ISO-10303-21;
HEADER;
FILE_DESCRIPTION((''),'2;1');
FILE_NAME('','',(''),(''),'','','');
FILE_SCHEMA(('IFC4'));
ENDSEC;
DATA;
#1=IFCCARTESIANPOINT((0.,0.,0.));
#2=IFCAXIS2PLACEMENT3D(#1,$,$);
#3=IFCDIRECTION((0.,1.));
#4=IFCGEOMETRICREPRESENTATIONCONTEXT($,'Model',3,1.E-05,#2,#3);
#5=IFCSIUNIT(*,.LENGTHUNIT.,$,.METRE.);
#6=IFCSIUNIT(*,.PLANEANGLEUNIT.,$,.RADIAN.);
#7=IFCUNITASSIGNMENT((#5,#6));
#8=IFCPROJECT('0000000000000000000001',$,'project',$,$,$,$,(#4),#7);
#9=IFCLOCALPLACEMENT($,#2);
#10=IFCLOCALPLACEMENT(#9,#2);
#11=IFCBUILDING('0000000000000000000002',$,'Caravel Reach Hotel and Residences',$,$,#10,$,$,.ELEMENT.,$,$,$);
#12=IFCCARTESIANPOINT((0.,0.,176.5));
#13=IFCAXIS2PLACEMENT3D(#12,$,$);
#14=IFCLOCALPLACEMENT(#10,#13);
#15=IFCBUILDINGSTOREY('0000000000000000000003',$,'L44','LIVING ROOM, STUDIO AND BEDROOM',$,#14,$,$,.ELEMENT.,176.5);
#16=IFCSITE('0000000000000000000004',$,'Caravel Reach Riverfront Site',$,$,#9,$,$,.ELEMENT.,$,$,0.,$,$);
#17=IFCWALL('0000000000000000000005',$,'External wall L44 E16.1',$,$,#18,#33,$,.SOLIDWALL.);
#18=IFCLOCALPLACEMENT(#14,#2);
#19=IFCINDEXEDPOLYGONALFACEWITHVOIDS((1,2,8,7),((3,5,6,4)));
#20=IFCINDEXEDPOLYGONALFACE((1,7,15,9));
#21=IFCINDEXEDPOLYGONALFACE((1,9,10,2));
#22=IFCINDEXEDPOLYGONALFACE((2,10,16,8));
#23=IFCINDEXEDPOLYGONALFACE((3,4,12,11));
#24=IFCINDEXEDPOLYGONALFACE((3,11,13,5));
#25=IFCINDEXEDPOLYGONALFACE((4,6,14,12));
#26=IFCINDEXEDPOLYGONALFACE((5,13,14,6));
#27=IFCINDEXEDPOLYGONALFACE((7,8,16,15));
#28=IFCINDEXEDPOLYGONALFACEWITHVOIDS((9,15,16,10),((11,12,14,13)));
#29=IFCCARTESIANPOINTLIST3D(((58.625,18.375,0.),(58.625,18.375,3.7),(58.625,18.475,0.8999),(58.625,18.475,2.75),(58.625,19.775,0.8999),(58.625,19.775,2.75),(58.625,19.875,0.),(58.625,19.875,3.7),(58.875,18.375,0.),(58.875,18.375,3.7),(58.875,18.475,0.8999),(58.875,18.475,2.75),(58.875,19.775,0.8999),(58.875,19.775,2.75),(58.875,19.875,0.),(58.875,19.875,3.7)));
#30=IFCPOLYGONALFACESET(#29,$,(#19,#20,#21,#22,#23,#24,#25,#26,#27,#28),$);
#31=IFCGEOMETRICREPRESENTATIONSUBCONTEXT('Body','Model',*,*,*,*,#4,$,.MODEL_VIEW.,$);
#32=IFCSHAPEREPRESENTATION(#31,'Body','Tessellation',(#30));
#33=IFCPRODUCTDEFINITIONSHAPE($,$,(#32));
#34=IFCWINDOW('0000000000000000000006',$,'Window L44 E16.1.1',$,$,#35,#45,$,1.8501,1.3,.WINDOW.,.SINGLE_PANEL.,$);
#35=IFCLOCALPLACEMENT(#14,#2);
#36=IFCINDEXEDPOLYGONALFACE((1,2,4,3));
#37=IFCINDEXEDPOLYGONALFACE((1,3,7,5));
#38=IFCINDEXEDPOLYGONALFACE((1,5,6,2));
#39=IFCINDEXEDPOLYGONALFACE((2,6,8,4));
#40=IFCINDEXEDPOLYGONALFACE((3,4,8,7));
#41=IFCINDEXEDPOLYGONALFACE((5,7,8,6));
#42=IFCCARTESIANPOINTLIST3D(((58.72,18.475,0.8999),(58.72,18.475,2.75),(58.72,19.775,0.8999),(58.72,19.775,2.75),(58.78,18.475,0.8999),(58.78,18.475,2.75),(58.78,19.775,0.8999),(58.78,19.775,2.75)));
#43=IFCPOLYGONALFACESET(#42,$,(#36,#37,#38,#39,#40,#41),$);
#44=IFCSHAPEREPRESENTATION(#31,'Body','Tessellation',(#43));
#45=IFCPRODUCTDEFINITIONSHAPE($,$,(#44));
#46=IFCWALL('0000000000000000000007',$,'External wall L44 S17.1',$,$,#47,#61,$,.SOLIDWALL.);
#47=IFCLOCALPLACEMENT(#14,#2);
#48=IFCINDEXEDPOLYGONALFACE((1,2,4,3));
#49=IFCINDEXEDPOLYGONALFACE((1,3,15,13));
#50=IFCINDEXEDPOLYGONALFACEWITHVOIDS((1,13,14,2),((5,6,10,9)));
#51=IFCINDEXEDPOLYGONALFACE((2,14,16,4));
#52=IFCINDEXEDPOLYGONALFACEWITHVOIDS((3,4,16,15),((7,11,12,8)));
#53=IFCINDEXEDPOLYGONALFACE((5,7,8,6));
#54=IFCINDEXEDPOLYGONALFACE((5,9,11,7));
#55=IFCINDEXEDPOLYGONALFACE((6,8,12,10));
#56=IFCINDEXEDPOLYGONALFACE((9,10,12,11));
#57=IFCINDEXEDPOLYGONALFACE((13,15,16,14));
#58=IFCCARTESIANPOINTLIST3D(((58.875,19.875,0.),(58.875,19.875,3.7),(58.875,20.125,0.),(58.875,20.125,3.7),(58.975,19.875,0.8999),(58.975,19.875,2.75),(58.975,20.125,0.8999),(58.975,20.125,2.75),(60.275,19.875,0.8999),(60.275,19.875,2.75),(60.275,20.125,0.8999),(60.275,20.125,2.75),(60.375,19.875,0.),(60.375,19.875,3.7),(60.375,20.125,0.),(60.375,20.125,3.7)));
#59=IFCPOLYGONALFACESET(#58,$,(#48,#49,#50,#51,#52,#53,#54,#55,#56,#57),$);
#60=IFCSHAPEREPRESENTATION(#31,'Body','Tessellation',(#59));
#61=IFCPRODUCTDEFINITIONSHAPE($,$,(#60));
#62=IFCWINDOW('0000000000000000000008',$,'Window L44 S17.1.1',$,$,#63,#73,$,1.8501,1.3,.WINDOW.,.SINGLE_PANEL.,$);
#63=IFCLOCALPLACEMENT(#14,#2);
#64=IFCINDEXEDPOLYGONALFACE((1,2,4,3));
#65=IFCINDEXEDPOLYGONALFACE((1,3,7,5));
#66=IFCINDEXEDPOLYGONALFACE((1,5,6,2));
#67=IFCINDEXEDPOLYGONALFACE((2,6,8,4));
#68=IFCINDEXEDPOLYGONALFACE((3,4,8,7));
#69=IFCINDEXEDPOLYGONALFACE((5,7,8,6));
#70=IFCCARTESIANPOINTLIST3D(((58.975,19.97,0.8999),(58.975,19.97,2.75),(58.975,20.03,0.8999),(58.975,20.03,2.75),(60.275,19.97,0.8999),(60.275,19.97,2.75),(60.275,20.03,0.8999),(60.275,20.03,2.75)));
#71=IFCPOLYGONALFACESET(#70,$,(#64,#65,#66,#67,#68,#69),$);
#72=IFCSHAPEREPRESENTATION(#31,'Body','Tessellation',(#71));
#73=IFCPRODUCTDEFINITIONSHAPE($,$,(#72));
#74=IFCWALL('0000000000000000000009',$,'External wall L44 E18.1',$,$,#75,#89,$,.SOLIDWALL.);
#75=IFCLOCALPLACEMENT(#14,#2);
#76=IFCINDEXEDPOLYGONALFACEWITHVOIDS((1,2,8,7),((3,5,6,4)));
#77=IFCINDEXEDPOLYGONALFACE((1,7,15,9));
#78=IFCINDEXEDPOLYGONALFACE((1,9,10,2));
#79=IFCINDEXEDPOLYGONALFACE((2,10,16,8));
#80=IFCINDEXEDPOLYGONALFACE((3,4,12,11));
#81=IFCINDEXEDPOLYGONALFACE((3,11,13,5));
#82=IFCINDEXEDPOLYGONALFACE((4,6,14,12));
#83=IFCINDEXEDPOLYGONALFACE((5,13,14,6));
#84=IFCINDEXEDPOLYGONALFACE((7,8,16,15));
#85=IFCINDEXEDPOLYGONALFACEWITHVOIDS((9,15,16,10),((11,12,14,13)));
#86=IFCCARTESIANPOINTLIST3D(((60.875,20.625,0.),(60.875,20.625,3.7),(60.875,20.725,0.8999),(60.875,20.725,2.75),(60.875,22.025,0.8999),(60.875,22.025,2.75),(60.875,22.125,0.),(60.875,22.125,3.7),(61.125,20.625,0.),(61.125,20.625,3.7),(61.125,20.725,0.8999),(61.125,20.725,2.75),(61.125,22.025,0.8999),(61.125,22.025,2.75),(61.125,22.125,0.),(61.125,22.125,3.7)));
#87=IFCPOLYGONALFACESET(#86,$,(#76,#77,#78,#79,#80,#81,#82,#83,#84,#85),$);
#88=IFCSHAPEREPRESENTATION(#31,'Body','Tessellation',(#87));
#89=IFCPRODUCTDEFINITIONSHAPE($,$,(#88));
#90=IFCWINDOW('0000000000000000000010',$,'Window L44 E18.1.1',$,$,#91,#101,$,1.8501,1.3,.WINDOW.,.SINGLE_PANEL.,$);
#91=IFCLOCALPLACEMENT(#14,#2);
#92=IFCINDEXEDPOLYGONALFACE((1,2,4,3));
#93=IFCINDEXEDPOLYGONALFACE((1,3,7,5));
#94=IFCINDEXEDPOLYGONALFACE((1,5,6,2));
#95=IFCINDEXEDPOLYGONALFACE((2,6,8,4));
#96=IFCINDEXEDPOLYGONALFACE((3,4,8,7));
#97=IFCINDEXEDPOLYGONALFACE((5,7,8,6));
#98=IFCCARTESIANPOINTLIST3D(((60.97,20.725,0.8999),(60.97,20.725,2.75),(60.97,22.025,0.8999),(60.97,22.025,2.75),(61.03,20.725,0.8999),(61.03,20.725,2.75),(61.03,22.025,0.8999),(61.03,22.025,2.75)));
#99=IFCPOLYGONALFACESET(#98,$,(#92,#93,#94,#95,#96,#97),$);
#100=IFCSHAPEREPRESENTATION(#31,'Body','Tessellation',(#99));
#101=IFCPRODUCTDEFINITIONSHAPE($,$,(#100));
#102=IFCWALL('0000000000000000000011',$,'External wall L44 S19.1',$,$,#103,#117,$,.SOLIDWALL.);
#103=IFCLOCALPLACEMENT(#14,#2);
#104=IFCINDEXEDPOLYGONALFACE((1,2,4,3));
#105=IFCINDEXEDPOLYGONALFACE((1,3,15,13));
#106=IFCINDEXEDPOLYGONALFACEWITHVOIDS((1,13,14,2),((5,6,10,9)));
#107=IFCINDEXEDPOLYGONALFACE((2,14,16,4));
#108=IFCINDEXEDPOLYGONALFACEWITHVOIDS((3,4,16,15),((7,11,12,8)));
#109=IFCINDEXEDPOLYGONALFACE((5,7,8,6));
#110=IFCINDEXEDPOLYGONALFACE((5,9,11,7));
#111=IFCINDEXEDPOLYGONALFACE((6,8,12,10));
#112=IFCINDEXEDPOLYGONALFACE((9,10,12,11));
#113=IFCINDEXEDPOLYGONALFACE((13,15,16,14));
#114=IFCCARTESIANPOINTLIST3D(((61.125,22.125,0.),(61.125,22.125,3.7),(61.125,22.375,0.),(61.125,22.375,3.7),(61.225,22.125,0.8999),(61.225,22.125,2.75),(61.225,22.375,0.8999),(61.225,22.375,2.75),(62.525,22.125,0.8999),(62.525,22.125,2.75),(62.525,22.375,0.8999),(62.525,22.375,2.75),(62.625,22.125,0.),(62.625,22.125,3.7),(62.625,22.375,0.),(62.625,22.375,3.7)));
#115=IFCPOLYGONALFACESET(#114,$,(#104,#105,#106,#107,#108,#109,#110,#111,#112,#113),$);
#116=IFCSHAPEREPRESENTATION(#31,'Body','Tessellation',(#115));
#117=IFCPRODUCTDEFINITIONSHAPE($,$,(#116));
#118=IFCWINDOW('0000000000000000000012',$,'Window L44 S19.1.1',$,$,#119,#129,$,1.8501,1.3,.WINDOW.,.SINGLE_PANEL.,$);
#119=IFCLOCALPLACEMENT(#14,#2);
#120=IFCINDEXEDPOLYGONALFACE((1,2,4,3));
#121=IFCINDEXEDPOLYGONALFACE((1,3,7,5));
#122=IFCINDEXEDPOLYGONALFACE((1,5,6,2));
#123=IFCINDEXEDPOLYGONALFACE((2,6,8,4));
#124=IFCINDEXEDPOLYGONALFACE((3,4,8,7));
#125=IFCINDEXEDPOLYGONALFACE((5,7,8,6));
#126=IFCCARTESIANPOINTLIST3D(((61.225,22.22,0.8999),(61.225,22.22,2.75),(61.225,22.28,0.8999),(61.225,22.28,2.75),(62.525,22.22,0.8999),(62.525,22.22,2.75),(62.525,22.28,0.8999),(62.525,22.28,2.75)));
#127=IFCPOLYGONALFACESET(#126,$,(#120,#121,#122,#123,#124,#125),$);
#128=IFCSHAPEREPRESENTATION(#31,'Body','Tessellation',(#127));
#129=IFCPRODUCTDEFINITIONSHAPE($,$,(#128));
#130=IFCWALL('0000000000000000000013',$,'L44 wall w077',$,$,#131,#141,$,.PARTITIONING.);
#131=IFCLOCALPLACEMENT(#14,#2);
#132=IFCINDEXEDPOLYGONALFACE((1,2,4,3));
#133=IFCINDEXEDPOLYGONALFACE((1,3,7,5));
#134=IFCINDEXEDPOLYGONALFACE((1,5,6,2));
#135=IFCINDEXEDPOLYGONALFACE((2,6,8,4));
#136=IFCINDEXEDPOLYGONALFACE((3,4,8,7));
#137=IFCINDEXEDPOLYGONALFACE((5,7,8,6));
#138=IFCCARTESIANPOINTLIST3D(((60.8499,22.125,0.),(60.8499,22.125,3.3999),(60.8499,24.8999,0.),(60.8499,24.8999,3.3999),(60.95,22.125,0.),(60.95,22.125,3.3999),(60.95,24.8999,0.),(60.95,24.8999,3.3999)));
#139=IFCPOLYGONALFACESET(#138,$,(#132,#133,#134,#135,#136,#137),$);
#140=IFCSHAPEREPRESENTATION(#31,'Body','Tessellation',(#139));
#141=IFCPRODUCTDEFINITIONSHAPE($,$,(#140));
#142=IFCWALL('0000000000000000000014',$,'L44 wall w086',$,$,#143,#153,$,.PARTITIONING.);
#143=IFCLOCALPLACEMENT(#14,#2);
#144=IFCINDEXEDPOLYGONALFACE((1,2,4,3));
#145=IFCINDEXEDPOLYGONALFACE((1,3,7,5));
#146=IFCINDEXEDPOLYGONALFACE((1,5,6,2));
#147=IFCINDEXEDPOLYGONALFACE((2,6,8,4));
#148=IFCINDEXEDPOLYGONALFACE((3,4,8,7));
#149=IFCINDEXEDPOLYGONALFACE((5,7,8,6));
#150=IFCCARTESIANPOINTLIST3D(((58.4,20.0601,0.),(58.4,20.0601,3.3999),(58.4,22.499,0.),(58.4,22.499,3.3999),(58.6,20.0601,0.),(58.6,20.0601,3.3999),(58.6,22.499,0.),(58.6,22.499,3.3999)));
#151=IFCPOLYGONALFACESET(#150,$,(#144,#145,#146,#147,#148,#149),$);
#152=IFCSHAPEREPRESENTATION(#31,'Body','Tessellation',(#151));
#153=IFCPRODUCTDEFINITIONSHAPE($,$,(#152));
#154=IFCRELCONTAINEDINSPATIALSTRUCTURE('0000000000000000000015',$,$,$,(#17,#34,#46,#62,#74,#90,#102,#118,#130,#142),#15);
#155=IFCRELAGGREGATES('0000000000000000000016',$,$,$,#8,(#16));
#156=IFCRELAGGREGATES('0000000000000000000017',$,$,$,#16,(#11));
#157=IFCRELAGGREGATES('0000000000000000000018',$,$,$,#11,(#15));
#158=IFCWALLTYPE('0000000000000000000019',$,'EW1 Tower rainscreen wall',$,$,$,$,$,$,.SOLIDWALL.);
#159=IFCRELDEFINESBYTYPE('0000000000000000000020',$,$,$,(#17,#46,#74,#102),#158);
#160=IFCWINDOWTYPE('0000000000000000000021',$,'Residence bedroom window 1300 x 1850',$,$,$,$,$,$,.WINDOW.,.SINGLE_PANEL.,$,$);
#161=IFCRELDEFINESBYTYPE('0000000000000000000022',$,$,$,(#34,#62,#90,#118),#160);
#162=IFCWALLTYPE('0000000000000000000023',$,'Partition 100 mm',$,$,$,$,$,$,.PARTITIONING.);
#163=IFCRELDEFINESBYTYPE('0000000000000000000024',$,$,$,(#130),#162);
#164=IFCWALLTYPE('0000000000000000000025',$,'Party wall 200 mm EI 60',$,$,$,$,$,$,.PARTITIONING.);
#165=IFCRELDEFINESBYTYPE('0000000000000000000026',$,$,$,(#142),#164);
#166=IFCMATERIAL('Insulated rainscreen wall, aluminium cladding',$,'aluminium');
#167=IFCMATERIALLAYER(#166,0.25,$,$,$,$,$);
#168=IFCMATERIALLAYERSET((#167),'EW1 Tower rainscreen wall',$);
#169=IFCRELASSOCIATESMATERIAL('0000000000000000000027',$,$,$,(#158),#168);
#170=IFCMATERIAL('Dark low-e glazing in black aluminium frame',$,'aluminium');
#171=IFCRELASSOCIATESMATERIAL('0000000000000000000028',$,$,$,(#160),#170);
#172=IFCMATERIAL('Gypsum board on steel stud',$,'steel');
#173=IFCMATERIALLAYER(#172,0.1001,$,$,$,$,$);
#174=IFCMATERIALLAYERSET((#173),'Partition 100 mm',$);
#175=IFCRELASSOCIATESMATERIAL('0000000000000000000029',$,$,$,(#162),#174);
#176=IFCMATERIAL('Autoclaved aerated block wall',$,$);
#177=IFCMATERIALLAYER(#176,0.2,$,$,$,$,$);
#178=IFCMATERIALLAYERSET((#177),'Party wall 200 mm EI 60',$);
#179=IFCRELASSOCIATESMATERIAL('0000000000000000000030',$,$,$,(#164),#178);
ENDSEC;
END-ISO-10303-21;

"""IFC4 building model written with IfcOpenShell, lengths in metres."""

from ifc_helpers import new_model, si_unit, direction, frame, frame_2d, origin, place, context, subcontext, project, spatial, rectangle, extrude, material, layer, layer_set, type_object, element, fill, save


model = new_model("IFC4")

# Units and contexts
model_context = context("Model", 3, precision=1e-05, world=origin(), true_north=direction((0.0, 1.0)))
body_context = subcontext(model_context, "Body", "Model", "MODEL_VIEW")
ifc_project = project(units=[si_unit("LENGTHUNIT", "METRE"), si_unit("PLANEANGLEUNIT", "RADIAN")], contexts=[model_context])

# Site, building, storey
site_placement = place(None, origin())
site = spatial("IfcSite", under=ifc_project, at=site_placement, Name="Caravel Reach Riverfront Site", CompositionType="ELEMENT", RefElevation=0.0)
building_placement = place(site_placement, origin())
building = spatial("IfcBuilding", under=site, at=building_placement, Name="Caravel Reach Hotel and Residences", CompositionType="ELEMENT")
storey_placement = place(building_placement, frame((0.0, 0.0, 176.5)))
storey = spatial("IfcBuildingStorey", under=building, at=storey_placement, Name="L44", Description="LIVING ROOM, STUDIO AND BEDROOM", CompositionType="ELEMENT", Elevation=176.5)

# Walls, openings, windows
ifc_material_1 = material(Name="Insulated rainscreen wall, aluminium cladding", Category="aluminium")
ifc_layer_1 = layer(ifc_material_1, 0.25)
ifc_layer_set_1 = layer_set([ifc_layer_1], Name="EW1 Tower rainscreen wall")
wall_type_1 = type_object("IfcWallType", Name="EW1 Tower rainscreen wall", PredefinedType="SOLIDWALL", material=ifc_layer_set_1)
wall_1_placement = place(storey_placement, frame((58.75, 18.375, 0.0), z_axis=(0.0, 0.0, 1.0), x_axis=(0.0, 1.0, 0.0)))
wall_1 = element("IfcWall", 1, at=wall_1_placement, inside=storey, type_object=wall_type_1, Name="External wall L44 E16.1", PredefinedType="SOLIDWALL", context=body_context, shape_type="SweptSolid", body=[
    extrude(rectangle(XDim=1.5, YDim=0.25, at=frame_2d((0.75, 0.0))), origin(), (0.0, 0.0, 1.0), 3.7),
])
opening_1_placement = place(wall_1_placement, frame((0.1001, 0.0, 0.8999)))
opening_1 = element("IfcOpeningElement", 2, at=opening_1_placement, cuts=wall_1, PredefinedType="OPENING", context=body_context, shape_type="SweptSolid", body=[
    extrude(rectangle(XDim=1.3, YDim=1.8501, at=frame_2d((0.6499, 0.925))), frame((0.0, 0.135, 0.0), z_axis=(0.0, -1.0, 0.0), x_axis=(1.0, 0.0, 0.0)), (0.0, 0.0, 1.0), 0.27),
])
ifc_material_2 = material(Name="Dark low-e glazing in black aluminium frame", Category="aluminium")
window_type = type_object("IfcWindowType", Name="Residence bedroom window 1300 x 1850", PartitioningType="SINGLE_PANEL", PredefinedType="WINDOW", material=ifc_material_2)
window_1_placement = place(opening_1_placement, origin())
window_1 = element("IfcWindow", 3, at=window_1_placement, inside=storey, type_object=window_type, Name="Window L44 E16.1.1", OverallHeight=1.8501, OverallWidth=1.3, PartitioningType="SINGLE_PANEL", PredefinedType="WINDOW", context=body_context, shape_type="SweptSolid", body=[
    extrude(rectangle(XDim=1.3, YDim=1.8501, at=frame_2d((0.6499, 0.925))), frame((0.0, 0.03, 0.0), z_axis=(0.0, -1.0, 0.0), x_axis=(1.0, 0.0, 0.0)), (0.0, 0.0, 1.0), 0.0601),
])
fill(opening_1, window_1)
wall_2_placement = place(storey_placement, frame((58.875, 20.0, 0.0), z_axis=(0.0, 0.0, 1.0), x_axis=(1.0, 0.0, 0.0)))
wall_2 = element("IfcWall", 4, at=wall_2_placement, inside=storey, type_object=wall_type_1, Name="External wall L44 S17.1", PredefinedType="SOLIDWALL", context=body_context, shape_type="SweptSolid", body=[
    extrude(rectangle(XDim=1.5, YDim=0.25, at=frame_2d((0.75, 0.0))), origin(), (0.0, 0.0, 1.0), 3.7),
])
opening_2_placement = place(wall_2_placement, frame((0.1001, 0.0, 0.8999)))
opening_2 = element("IfcOpeningElement", 5, at=opening_2_placement, cuts=wall_2, PredefinedType="OPENING", context=body_context, shape_type="SweptSolid", body=[
    extrude(rectangle(XDim=1.3, YDim=1.8501, at=frame_2d((0.6499, 0.925))), frame((0.0, 0.135, 0.0), z_axis=(0.0, -1.0, 0.0), x_axis=(1.0, 0.0, 0.0)), (0.0, 0.0, 1.0), 0.27),
])
window_2_placement = place(opening_2_placement, origin())
window_2 = element("IfcWindow", 6, at=window_2_placement, inside=storey, type_object=window_type, Name="Window L44 S17.1.1", OverallHeight=1.8501, OverallWidth=1.3, PartitioningType="SINGLE_PANEL", PredefinedType="WINDOW", context=body_context, shape_type="SweptSolid", body=[
    extrude(rectangle(XDim=1.3, YDim=1.8501, at=frame_2d((0.6499, 0.925))), frame((0.0, 0.03, 0.0), z_axis=(0.0, -1.0, 0.0), x_axis=(1.0, 0.0, 0.0)), (0.0, 0.0, 1.0), 0.0601),
])
fill(opening_2, window_2)
wall_3_placement = place(storey_placement, frame((61.0, 20.625, 0.0), z_axis=(0.0, 0.0, 1.0), x_axis=(0.0, 1.0, 0.0)))
wall_3 = element("IfcWall", 7, at=wall_3_placement, inside=storey, type_object=wall_type_1, Name="External wall L44 E18.1", PredefinedType="SOLIDWALL", context=body_context, shape_type="SweptSolid", body=[
    extrude(rectangle(XDim=1.5, YDim=0.25, at=frame_2d((0.75, 0.0))), origin(), (0.0, 0.0, 1.0), 3.7),
])
opening_3_placement = place(wall_3_placement, frame((0.1001, 0.0, 0.8999)))
opening_3 = element("IfcOpeningElement", 8, at=opening_3_placement, cuts=wall_3, PredefinedType="OPENING", context=body_context, shape_type="SweptSolid", body=[
    extrude(rectangle(XDim=1.3, YDim=1.8501, at=frame_2d((0.6499, 0.925))), frame((0.0, 0.135, 0.0), z_axis=(0.0, -1.0, 0.0), x_axis=(1.0, 0.0, 0.0)), (0.0, 0.0, 1.0), 0.27),
])
window_3_placement = place(opening_3_placement, origin())
window_3 = element("IfcWindow", 9, at=window_3_placement, inside=storey, type_object=window_type, Name="Window L44 E18.1.1", OverallHeight=1.8501, OverallWidth=1.3, PartitioningType="SINGLE_PANEL", PredefinedType="WINDOW", context=body_context, shape_type="SweptSolid", body=[
    extrude(rectangle(XDim=1.3, YDim=1.8501, at=frame_2d((0.6499, 0.925))), frame((0.0, 0.03, 0.0), z_axis=(0.0, -1.0, 0.0), x_axis=(1.0, 0.0, 0.0)), (0.0, 0.0, 1.0), 0.0601),
])
fill(opening_3, window_3)
wall_4_placement = place(storey_placement, frame((61.125, 22.25, 0.0), z_axis=(0.0, 0.0, 1.0), x_axis=(1.0, 0.0, 0.0)))
wall_4 = element("IfcWall", 10, at=wall_4_placement, inside=storey, type_object=wall_type_1, Name="External wall L44 S19.1", PredefinedType="SOLIDWALL", context=body_context, shape_type="SweptSolid", body=[
    extrude(rectangle(XDim=1.5, YDim=0.25, at=frame_2d((0.75, 0.0))), origin(), (0.0, 0.0, 1.0), 3.7),
])
opening_4_placement = place(wall_4_placement, frame((0.1001, 0.0, 0.8999)))
opening_4 = element("IfcOpeningElement", 11, at=opening_4_placement, cuts=wall_4, PredefinedType="OPENING", context=body_context, shape_type="SweptSolid", body=[
    extrude(rectangle(XDim=1.3, YDim=1.8501, at=frame_2d((0.6499, 0.925))), frame((0.0, 0.135, 0.0), z_axis=(0.0, -1.0, 0.0), x_axis=(1.0, 0.0, 0.0)), (0.0, 0.0, 1.0), 0.27),
])
window_4_placement = place(opening_4_placement, origin())
window_4 = element("IfcWindow", 12, at=window_4_placement, inside=storey, type_object=window_type, Name="Window L44 S19.1.1", OverallHeight=1.8501, OverallWidth=1.3, PartitioningType="SINGLE_PANEL", PredefinedType="WINDOW", context=body_context, shape_type="SweptSolid", body=[
    extrude(rectangle(XDim=1.3, YDim=1.8501, at=frame_2d((0.6499, 0.925))), frame((0.0, 0.03, 0.0), z_axis=(0.0, -1.0, 0.0), x_axis=(1.0, 0.0, 0.0)), (0.0, 0.0, 1.0), 0.0601),
])
fill(opening_4, window_4)

# Walls
ifc_material_3 = material(Name="Gypsum board on steel stud", Category="steel")
ifc_layer_2 = layer(ifc_material_3, 0.1001)
ifc_layer_set_2 = layer_set([ifc_layer_2], Name="Partition 100 mm")
wall_type_2 = type_object("IfcWallType", Name="Partition 100 mm", PredefinedType="PARTITIONING", material=ifc_layer_set_2)
wall_5_placement = place(storey_placement, frame((60.8999, 22.125, 0.0), z_axis=(0.0, 0.0, 1.0), x_axis=(0.0, 1.0, 0.0)))
element("IfcWall", 13, at=wall_5_placement, inside=storey, type_object=wall_type_2, Name="L44 wall w077", PredefinedType="PARTITIONING", context=body_context, shape_type="SweptSolid", body=[
    extrude(rectangle(XDim=2.7749, YDim=0.1001, at=frame_2d((1.3875, 0.0))), origin(), (0.0, 0.0, 1.0), 3.3999),
])
ifc_material_4 = material(Name="Autoclaved aerated block wall")
ifc_layer_3 = layer(ifc_material_4, 0.2)
ifc_layer_set_3 = layer_set([ifc_layer_3], Name="Party wall 200 mm EI 60")
wall_type_3 = type_object("IfcWallType", Name="Party wall 200 mm EI 60", PredefinedType="PARTITIONING", material=ifc_layer_set_3)
wall_6_placement = place(storey_placement, frame((58.5, 20.0601, 0.0), z_axis=(0.0, 0.0, 1.0), x_axis=(0.0, 1.0, 0.0)))
element("IfcWall", 14, at=wall_6_placement, inside=storey, type_object=wall_type_3, Name="L44 wall w086", PredefinedType="PARTITIONING", context=body_context, shape_type="SweptSolid", body=[
    extrude(rectangle(XDim=2.439, YDim=0.2, at=frame_2d((1.2195, 0.0))), origin(), (0.0, 0.0, 1.0), 3.3999),
])

save(model, "model.ifc")
